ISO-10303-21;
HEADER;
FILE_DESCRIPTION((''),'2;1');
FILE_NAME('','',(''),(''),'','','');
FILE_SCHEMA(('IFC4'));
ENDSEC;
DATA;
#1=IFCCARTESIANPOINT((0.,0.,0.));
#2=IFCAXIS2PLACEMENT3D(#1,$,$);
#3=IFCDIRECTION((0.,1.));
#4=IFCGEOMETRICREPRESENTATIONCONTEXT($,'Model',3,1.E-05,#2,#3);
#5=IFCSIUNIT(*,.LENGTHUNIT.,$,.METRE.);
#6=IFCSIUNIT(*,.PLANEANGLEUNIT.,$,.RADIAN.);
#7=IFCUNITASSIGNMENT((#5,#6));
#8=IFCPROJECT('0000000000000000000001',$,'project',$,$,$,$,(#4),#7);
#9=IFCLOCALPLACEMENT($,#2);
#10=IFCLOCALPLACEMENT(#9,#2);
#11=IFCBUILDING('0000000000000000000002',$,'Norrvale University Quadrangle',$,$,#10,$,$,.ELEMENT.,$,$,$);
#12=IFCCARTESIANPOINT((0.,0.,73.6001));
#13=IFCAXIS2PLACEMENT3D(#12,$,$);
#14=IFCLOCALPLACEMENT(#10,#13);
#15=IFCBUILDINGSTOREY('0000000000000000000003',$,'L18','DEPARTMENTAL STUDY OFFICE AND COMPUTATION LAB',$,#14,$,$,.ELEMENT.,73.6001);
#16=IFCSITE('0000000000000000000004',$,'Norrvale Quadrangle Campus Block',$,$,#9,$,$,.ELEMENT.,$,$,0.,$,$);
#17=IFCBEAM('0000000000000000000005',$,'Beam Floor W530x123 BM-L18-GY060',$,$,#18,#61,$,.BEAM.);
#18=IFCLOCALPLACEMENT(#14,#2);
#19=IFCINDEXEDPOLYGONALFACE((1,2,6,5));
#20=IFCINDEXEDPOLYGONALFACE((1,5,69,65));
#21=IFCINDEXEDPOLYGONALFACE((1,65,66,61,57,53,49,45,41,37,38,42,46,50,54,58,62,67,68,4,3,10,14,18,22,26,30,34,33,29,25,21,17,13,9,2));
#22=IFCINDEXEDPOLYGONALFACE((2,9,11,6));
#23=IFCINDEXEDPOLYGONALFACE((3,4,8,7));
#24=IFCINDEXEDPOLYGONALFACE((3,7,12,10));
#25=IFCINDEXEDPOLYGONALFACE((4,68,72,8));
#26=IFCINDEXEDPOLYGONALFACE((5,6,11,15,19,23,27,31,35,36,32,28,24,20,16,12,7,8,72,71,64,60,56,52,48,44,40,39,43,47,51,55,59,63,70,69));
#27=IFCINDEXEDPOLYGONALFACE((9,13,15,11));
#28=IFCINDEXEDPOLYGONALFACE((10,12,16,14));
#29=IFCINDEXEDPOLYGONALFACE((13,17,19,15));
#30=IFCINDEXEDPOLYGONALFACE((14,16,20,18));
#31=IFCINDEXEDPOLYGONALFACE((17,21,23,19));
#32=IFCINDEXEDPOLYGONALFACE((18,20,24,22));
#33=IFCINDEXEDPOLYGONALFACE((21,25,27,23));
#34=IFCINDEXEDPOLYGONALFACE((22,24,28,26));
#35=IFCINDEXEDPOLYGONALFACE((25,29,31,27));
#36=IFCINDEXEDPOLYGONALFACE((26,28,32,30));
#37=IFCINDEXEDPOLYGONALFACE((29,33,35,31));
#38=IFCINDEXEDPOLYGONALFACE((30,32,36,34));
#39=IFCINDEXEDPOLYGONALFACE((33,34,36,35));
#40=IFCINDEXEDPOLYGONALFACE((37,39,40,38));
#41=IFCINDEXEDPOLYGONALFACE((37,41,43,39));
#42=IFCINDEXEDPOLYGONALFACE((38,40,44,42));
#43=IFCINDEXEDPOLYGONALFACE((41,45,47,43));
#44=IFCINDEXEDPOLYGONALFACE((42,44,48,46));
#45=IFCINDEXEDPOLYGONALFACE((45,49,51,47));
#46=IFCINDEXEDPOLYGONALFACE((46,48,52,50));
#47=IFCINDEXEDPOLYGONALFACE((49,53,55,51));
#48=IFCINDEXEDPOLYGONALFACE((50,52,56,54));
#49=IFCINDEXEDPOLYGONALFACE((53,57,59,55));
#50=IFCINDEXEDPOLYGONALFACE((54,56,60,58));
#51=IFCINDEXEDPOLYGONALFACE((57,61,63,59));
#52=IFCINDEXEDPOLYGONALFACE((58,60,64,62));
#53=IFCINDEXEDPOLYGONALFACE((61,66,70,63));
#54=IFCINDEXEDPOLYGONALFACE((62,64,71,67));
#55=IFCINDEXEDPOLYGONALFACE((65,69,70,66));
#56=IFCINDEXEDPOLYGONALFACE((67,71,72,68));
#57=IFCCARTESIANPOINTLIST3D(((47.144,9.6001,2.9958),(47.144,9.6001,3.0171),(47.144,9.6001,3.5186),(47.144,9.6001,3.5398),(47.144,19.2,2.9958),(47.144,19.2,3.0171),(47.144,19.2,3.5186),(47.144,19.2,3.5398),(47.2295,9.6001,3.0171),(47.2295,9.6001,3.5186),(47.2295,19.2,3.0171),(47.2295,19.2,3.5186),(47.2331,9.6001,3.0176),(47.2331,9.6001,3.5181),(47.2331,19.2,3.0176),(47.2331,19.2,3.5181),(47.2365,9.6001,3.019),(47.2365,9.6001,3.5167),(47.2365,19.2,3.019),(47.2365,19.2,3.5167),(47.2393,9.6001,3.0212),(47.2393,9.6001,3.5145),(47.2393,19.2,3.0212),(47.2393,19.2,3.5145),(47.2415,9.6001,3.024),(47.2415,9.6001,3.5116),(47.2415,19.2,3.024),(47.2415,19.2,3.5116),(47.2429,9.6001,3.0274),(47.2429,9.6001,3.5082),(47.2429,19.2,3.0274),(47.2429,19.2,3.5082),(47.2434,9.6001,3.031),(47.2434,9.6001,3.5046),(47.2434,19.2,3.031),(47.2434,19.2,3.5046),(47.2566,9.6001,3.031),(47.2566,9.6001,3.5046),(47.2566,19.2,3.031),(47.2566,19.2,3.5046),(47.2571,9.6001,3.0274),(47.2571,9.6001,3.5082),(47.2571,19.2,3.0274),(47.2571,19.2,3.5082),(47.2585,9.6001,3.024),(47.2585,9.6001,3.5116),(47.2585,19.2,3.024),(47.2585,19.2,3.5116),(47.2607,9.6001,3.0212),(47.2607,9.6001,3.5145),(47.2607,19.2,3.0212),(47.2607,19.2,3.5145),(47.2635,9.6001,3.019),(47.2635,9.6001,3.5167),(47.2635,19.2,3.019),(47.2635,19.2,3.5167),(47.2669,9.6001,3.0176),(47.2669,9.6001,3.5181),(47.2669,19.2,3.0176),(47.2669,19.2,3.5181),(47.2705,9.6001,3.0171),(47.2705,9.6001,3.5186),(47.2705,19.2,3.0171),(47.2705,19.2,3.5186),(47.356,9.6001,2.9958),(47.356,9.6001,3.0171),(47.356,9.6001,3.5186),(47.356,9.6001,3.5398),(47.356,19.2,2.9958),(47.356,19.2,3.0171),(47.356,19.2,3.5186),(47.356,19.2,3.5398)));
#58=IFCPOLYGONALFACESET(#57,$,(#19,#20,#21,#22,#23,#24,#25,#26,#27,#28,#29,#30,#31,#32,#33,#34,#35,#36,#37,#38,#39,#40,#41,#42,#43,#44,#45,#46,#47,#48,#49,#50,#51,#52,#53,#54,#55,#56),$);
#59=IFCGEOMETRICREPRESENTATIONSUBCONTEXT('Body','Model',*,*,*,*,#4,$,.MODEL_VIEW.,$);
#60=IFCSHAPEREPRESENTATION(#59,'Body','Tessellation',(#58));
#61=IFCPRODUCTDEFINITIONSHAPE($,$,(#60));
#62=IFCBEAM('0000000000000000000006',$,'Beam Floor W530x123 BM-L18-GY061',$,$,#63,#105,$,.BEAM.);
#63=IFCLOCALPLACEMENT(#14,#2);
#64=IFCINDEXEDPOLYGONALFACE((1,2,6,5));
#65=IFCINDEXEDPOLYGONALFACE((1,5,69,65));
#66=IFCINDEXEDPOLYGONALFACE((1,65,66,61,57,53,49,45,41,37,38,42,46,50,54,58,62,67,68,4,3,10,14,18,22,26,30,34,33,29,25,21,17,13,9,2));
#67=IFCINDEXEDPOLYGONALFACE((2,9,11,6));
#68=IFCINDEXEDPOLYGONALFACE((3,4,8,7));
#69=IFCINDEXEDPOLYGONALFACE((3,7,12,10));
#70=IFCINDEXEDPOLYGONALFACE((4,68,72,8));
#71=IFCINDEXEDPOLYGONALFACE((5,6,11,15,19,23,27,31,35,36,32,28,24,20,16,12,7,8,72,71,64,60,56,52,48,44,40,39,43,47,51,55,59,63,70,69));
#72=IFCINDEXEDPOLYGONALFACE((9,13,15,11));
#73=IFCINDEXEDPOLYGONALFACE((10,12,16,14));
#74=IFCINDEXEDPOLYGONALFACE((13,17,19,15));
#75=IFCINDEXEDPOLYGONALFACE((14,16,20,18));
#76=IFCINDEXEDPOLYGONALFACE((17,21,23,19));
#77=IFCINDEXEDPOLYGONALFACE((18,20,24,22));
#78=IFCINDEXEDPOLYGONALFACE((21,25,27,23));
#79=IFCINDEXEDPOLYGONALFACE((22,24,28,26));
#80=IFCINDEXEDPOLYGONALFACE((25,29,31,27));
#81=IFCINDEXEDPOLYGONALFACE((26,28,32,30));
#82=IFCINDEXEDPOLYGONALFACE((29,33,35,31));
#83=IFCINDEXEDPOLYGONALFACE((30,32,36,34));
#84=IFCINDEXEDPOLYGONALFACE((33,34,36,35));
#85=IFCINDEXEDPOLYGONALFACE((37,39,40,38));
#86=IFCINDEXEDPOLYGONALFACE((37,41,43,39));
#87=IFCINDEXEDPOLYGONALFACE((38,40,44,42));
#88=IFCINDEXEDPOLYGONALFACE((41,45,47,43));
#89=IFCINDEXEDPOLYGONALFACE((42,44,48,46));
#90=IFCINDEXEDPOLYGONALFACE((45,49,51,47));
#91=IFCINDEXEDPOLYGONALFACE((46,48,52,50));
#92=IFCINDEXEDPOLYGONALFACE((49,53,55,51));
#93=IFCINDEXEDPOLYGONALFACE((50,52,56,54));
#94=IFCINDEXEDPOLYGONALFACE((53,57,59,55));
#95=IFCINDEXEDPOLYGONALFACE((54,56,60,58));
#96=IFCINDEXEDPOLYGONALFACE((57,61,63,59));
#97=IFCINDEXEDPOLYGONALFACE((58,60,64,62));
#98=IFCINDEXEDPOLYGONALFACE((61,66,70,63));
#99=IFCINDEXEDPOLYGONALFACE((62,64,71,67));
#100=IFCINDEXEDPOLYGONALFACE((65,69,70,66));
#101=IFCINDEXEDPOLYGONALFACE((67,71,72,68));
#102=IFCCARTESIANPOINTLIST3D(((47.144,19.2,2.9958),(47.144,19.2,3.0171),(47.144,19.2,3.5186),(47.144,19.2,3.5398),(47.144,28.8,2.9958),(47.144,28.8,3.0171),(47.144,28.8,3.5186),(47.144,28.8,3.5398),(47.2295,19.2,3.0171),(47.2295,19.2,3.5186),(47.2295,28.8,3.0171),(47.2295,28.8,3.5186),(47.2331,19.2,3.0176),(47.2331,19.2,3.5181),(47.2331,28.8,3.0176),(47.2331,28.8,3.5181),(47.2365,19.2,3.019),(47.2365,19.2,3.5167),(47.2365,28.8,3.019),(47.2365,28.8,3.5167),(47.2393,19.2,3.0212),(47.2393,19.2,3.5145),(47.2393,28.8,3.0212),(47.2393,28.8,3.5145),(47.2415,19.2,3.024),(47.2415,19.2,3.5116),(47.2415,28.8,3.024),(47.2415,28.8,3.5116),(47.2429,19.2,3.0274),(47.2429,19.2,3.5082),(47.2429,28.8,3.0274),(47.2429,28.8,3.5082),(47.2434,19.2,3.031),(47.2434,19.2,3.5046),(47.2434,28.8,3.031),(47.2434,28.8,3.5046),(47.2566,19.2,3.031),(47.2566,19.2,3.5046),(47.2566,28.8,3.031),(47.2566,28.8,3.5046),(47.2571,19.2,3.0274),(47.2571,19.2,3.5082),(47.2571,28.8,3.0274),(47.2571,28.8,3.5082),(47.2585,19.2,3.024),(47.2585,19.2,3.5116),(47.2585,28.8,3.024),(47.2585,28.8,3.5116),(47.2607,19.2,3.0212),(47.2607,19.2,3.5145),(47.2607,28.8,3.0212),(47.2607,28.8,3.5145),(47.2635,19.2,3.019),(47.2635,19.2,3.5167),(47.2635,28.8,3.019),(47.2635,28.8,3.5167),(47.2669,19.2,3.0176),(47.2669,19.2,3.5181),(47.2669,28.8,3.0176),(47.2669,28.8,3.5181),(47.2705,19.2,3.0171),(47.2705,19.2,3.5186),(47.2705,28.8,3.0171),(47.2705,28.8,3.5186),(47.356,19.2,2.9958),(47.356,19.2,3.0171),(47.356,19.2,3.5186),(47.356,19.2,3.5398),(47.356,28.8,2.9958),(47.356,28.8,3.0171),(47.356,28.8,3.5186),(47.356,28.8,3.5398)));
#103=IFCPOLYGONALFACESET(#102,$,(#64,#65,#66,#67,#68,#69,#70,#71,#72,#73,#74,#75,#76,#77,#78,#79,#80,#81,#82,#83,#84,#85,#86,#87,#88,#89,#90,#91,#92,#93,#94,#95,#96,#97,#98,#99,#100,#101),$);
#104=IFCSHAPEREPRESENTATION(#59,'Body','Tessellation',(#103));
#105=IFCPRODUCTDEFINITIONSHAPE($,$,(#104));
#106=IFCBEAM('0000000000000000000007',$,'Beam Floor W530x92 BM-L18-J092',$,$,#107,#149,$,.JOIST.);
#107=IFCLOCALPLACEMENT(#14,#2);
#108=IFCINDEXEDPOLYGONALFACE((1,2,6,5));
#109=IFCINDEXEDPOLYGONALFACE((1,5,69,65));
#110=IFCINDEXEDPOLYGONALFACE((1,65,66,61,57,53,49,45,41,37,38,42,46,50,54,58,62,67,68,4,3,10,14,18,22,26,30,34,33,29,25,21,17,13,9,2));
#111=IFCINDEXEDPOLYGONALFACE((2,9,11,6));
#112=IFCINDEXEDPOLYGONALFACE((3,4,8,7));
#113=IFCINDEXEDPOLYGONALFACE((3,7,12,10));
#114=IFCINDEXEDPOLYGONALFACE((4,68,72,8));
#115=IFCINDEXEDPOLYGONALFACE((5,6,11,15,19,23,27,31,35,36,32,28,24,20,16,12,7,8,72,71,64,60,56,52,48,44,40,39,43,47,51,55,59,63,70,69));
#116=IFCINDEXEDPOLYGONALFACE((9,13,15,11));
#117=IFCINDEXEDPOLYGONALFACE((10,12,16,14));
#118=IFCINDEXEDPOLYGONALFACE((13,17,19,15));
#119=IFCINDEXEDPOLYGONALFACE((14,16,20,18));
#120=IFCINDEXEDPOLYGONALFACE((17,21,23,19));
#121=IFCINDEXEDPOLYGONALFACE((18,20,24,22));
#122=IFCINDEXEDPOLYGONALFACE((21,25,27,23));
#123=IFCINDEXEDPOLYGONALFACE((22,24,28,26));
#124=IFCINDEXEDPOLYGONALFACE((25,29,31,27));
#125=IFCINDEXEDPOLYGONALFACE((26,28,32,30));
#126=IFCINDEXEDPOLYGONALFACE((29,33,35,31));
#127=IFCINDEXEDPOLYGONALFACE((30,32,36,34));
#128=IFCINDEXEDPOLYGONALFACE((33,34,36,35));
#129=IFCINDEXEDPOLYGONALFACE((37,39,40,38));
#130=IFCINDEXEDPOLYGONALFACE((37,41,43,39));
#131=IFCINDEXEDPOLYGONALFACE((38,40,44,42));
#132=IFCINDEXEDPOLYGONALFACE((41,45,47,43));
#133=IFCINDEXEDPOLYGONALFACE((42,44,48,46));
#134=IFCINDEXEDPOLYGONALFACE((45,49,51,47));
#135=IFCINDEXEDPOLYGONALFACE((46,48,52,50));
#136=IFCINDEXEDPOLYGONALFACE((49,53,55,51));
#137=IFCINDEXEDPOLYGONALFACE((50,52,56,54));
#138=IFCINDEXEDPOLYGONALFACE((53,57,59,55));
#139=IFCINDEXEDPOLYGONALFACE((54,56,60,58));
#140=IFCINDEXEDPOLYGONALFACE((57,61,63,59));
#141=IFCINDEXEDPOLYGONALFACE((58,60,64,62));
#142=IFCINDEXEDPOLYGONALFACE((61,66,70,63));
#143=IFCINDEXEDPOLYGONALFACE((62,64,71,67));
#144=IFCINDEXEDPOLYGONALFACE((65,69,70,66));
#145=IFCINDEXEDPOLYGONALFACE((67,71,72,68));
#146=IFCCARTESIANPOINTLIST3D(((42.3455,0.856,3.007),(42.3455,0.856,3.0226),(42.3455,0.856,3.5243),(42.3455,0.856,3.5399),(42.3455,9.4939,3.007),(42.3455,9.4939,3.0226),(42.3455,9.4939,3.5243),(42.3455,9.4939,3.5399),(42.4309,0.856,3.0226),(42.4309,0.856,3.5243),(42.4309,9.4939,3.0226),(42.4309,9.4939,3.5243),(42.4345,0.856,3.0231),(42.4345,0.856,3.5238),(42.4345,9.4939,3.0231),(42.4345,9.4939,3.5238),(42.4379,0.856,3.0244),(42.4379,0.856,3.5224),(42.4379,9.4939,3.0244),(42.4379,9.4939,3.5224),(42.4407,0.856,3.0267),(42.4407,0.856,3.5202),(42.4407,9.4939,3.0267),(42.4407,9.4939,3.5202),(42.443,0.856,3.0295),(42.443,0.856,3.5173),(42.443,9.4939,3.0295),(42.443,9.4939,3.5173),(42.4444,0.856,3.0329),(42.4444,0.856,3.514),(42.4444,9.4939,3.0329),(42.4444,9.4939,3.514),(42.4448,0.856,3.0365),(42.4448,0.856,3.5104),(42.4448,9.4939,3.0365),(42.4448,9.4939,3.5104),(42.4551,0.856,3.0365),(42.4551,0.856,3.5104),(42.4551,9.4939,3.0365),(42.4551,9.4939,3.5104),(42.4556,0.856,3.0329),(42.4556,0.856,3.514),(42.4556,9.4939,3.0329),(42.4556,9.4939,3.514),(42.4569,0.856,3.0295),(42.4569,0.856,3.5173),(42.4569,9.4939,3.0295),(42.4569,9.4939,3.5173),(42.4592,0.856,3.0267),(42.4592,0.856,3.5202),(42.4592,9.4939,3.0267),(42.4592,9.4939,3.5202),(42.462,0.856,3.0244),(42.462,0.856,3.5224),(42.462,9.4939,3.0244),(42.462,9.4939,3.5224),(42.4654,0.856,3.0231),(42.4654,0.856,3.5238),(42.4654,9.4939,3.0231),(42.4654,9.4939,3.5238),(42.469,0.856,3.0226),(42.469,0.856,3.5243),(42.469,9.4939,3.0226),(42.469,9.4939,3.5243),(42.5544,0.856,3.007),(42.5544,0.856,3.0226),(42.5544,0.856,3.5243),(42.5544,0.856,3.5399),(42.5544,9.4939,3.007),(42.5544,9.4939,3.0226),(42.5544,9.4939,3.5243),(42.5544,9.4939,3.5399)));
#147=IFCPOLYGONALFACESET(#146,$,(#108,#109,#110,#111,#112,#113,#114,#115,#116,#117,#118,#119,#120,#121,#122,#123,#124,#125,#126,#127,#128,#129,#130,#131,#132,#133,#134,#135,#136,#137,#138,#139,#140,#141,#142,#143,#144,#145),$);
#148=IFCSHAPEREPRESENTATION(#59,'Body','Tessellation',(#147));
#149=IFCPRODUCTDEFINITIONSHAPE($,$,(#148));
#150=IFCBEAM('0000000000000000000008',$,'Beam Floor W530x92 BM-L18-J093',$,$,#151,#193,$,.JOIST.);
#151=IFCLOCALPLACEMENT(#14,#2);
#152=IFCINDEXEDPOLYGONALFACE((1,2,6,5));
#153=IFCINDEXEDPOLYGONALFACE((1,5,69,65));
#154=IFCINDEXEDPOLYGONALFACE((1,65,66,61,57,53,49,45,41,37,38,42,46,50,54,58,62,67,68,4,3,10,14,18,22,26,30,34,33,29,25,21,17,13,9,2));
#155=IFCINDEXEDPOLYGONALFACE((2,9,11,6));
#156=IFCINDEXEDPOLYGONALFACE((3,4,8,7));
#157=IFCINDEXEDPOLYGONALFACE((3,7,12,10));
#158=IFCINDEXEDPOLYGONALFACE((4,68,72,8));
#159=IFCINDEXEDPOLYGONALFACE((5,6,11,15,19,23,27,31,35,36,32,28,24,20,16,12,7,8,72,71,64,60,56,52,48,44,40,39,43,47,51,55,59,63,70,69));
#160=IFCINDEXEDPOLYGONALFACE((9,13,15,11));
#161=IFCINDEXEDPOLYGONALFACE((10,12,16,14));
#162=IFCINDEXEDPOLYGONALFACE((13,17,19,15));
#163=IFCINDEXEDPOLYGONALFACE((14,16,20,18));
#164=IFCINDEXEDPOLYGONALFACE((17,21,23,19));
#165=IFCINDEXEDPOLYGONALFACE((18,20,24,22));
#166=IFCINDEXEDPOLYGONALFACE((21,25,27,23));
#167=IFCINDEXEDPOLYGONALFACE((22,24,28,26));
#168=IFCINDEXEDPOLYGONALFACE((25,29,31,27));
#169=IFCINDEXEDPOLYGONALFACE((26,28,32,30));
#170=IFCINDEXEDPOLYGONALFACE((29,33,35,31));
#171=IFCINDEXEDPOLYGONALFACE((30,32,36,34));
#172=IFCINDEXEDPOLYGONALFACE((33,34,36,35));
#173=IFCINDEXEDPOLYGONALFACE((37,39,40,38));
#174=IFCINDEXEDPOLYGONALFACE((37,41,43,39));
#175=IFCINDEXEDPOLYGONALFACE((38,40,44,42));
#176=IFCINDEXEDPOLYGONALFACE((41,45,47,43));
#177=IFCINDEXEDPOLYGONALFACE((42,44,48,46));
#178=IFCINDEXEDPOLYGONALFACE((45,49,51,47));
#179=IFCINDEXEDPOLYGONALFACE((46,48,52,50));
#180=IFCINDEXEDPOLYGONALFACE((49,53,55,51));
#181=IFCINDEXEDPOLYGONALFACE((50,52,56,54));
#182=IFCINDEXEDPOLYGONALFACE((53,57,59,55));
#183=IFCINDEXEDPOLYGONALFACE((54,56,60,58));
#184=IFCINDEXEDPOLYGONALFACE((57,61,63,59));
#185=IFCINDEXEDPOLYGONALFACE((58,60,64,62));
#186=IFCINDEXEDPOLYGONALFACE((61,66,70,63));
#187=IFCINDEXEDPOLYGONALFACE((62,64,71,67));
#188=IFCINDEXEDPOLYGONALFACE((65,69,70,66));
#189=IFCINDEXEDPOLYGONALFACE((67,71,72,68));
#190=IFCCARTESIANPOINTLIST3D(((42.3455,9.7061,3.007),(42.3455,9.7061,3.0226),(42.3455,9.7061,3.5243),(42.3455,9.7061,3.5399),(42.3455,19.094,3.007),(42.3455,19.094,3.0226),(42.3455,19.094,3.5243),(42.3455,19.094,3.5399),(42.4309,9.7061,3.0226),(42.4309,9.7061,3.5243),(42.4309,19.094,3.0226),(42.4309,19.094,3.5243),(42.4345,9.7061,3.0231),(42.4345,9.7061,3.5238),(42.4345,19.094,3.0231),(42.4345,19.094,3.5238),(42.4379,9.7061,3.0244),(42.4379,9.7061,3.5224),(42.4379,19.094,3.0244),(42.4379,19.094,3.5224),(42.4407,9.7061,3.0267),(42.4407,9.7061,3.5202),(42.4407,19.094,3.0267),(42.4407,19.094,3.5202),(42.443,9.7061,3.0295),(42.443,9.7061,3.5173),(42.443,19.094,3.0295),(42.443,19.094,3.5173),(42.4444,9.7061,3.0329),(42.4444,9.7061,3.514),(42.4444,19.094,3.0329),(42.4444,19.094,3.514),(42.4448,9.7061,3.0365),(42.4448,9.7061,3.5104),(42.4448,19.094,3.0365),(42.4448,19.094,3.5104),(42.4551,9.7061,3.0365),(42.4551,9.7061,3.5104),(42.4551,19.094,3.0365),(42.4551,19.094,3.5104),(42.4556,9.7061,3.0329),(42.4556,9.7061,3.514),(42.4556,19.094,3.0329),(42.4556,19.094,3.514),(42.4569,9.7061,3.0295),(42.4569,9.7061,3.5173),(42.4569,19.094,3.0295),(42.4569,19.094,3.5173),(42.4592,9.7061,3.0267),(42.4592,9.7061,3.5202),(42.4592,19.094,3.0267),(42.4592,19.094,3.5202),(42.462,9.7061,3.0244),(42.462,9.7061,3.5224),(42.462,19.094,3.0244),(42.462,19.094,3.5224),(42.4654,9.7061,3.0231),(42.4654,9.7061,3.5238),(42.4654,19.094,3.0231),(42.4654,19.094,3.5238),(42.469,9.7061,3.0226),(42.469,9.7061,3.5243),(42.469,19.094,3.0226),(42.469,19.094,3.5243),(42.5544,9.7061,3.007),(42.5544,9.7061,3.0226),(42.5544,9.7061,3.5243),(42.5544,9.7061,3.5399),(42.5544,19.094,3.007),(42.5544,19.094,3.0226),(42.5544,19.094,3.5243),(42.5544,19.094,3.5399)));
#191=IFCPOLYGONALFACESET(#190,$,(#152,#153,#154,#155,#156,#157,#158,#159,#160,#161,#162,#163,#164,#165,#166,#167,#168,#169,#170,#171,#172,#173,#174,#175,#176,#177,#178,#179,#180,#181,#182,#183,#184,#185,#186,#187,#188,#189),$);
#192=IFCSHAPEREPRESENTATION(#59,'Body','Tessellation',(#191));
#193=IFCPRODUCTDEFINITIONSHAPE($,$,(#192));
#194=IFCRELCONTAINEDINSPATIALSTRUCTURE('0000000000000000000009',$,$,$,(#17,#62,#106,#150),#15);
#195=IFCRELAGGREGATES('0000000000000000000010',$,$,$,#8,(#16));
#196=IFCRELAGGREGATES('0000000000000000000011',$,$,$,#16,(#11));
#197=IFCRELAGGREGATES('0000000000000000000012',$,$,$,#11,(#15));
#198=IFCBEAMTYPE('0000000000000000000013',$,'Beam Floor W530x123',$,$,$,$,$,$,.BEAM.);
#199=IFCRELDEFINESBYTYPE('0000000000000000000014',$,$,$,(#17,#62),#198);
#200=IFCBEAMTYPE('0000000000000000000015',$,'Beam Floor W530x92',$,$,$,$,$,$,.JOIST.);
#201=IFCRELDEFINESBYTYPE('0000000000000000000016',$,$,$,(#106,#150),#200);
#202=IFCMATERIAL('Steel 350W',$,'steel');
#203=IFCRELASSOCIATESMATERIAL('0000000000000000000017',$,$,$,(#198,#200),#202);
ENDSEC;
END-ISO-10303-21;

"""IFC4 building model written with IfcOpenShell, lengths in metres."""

from ifc_helpers import new_model, si_unit, direction, frame, origin, origin_2d, place, context, subcontext, project, spatial, i_section, extrude, material, material_profile, profile_set, type_object, element, save


model = new_model("IFC4")

# Units and contexts
model_context = context("Model", 3, precision=1e-05, world=origin(), true_north=direction((0.0, 1.0)))
body_context = subcontext(model_context, "Body", "Model", "MODEL_VIEW")
ifc_project = project(units=[si_unit("LENGTHUNIT", "METRE"), si_unit("PLANEANGLEUNIT", "RADIAN")], contexts=[model_context])

# Site, building, storey
site_placement = place(None, origin())
site = spatial("IfcSite", under=ifc_project, at=site_placement, Name="Norrvale Quadrangle Campus Block", CompositionType="ELEMENT", RefElevation=0.0)
building_placement = place(site_placement, origin())
building = spatial("IfcBuilding", under=site, at=building_placement, Name="Norrvale University Quadrangle", CompositionType="ELEMENT")
storey_placement = place(building_placement, frame((0.0, 0.0, 73.6001)))
storey = spatial("IfcBuildingStorey", under=building, at=storey_placement, Name="L18", Description="DEPARTMENTAL STUDY OFFICE AND COMPUTATION LAB", CompositionType="ELEMENT", Elevation=73.6001)

# Beams
ifc_material_1 = material(Name="Steel 350W", Category="steel")
ifc_material_profile_1 = material_profile(ifc_material_1, i_section(OverallWidth=0.2119, OverallDepth=0.5439, WebThickness=0.0132, FlangeThickness=0.0212, FilletRadius=0.0139, at=origin_2d()), Name="Steel 350W")
ifc_profile_set_1 = profile_set([ifc_material_profile_1], Name="Steel 350W")
beam_type_1 = type_object("IfcBeamType", Name="Beam Floor W530x123", PredefinedType="BEAM", material=ifc_profile_set_1)
beam_1_placement = place(storey_placement, frame((47.25, 9.6001, 3.2678), z_axis=(0.0, 1.0, 0.0), x_axis=(-1.0, 0.0, 0.0)))
element("IfcBeam", 1, at=beam_1_placement, inside=storey, type_object=beam_type_1, Name="Beam Floor W530x123 BM-L18-GY060", PredefinedType="BEAM", context=body_context, shape_type="SweptSolid", body=[
    extrude(i_section(OverallWidth=0.2119, OverallDepth=0.5439, WebThickness=0.0132, FlangeThickness=0.0212, FilletRadius=0.0139, at=origin_2d()), origin(), (0.0, 0.0, 1.0), 9.5999),
])
beam_2_placement = place(storey_placement, frame((47.25, 19.2, 3.2678), z_axis=(0.0, 1.0, 0.0), x_axis=(-1.0, 0.0, 0.0)))
element("IfcBeam", 2, at=beam_2_placement, inside=storey, type_object=beam_type_1, Name="Beam Floor W530x123 BM-L18-GY061", PredefinedType="BEAM", context=body_context, shape_type="SweptSolid", body=[
    extrude(i_section(OverallWidth=0.2119, OverallDepth=0.5439, WebThickness=0.0132, FlangeThickness=0.0212, FilletRadius=0.0139, at=origin_2d()), origin(), (0.0, 0.0, 1.0), 9.6001),
])
ifc_material_profile_2 = material_profile(ifc_material_1, i_section(OverallWidth=0.209, OverallDepth=0.533, WebThickness=0.0103, FlangeThickness=0.0156, FilletRadius=0.0139, at=origin_2d()), Name="Steel 350W")
ifc_profile_set_2 = profile_set([ifc_material_profile_2], Name="Steel 350W")
beam_type_2 = type_object("IfcBeamType", Name="Beam Floor W530x92", PredefinedType="JOIST", material=ifc_profile_set_2)
beam_3_placement = place(storey_placement, frame((42.45, 0.856, 3.2734), z_axis=(0.0, 1.0, 0.0), x_axis=(-1.0, 0.0, 0.0)))
element("IfcBeam", 3, at=beam_3_placement, inside=storey, type_object=beam_type_2, Name="Beam Floor W530x92 BM-L18-J092", PredefinedType="JOIST", context=body_context, shape_type="SweptSolid", body=[
    extrude(i_section(OverallWidth=0.209, OverallDepth=0.533, WebThickness=0.0103, FlangeThickness=0.0156, FilletRadius=0.0139, at=origin_2d()), origin(), (0.0, 0.0, 1.0), 8.6379),
])
beam_4_placement = place(storey_placement, frame((42.45, 9.7061, 3.2734), z_axis=(0.0, 1.0, 0.0), x_axis=(-1.0, 0.0, 0.0)))
element("IfcBeam", 4, at=beam_4_placement, inside=storey, type_object=beam_type_2, Name="Beam Floor W530x92 BM-L18-J093", PredefinedType="JOIST", context=body_context, shape_type="SweptSolid", body=[
    extrude(i_section(OverallWidth=0.209, OverallDepth=0.533, WebThickness=0.0103, FlangeThickness=0.0156, FilletRadius=0.0139, at=origin_2d()), origin(), (0.0, 0.0, 1.0), 9.3879),
])

save(model, "model.ifc")
